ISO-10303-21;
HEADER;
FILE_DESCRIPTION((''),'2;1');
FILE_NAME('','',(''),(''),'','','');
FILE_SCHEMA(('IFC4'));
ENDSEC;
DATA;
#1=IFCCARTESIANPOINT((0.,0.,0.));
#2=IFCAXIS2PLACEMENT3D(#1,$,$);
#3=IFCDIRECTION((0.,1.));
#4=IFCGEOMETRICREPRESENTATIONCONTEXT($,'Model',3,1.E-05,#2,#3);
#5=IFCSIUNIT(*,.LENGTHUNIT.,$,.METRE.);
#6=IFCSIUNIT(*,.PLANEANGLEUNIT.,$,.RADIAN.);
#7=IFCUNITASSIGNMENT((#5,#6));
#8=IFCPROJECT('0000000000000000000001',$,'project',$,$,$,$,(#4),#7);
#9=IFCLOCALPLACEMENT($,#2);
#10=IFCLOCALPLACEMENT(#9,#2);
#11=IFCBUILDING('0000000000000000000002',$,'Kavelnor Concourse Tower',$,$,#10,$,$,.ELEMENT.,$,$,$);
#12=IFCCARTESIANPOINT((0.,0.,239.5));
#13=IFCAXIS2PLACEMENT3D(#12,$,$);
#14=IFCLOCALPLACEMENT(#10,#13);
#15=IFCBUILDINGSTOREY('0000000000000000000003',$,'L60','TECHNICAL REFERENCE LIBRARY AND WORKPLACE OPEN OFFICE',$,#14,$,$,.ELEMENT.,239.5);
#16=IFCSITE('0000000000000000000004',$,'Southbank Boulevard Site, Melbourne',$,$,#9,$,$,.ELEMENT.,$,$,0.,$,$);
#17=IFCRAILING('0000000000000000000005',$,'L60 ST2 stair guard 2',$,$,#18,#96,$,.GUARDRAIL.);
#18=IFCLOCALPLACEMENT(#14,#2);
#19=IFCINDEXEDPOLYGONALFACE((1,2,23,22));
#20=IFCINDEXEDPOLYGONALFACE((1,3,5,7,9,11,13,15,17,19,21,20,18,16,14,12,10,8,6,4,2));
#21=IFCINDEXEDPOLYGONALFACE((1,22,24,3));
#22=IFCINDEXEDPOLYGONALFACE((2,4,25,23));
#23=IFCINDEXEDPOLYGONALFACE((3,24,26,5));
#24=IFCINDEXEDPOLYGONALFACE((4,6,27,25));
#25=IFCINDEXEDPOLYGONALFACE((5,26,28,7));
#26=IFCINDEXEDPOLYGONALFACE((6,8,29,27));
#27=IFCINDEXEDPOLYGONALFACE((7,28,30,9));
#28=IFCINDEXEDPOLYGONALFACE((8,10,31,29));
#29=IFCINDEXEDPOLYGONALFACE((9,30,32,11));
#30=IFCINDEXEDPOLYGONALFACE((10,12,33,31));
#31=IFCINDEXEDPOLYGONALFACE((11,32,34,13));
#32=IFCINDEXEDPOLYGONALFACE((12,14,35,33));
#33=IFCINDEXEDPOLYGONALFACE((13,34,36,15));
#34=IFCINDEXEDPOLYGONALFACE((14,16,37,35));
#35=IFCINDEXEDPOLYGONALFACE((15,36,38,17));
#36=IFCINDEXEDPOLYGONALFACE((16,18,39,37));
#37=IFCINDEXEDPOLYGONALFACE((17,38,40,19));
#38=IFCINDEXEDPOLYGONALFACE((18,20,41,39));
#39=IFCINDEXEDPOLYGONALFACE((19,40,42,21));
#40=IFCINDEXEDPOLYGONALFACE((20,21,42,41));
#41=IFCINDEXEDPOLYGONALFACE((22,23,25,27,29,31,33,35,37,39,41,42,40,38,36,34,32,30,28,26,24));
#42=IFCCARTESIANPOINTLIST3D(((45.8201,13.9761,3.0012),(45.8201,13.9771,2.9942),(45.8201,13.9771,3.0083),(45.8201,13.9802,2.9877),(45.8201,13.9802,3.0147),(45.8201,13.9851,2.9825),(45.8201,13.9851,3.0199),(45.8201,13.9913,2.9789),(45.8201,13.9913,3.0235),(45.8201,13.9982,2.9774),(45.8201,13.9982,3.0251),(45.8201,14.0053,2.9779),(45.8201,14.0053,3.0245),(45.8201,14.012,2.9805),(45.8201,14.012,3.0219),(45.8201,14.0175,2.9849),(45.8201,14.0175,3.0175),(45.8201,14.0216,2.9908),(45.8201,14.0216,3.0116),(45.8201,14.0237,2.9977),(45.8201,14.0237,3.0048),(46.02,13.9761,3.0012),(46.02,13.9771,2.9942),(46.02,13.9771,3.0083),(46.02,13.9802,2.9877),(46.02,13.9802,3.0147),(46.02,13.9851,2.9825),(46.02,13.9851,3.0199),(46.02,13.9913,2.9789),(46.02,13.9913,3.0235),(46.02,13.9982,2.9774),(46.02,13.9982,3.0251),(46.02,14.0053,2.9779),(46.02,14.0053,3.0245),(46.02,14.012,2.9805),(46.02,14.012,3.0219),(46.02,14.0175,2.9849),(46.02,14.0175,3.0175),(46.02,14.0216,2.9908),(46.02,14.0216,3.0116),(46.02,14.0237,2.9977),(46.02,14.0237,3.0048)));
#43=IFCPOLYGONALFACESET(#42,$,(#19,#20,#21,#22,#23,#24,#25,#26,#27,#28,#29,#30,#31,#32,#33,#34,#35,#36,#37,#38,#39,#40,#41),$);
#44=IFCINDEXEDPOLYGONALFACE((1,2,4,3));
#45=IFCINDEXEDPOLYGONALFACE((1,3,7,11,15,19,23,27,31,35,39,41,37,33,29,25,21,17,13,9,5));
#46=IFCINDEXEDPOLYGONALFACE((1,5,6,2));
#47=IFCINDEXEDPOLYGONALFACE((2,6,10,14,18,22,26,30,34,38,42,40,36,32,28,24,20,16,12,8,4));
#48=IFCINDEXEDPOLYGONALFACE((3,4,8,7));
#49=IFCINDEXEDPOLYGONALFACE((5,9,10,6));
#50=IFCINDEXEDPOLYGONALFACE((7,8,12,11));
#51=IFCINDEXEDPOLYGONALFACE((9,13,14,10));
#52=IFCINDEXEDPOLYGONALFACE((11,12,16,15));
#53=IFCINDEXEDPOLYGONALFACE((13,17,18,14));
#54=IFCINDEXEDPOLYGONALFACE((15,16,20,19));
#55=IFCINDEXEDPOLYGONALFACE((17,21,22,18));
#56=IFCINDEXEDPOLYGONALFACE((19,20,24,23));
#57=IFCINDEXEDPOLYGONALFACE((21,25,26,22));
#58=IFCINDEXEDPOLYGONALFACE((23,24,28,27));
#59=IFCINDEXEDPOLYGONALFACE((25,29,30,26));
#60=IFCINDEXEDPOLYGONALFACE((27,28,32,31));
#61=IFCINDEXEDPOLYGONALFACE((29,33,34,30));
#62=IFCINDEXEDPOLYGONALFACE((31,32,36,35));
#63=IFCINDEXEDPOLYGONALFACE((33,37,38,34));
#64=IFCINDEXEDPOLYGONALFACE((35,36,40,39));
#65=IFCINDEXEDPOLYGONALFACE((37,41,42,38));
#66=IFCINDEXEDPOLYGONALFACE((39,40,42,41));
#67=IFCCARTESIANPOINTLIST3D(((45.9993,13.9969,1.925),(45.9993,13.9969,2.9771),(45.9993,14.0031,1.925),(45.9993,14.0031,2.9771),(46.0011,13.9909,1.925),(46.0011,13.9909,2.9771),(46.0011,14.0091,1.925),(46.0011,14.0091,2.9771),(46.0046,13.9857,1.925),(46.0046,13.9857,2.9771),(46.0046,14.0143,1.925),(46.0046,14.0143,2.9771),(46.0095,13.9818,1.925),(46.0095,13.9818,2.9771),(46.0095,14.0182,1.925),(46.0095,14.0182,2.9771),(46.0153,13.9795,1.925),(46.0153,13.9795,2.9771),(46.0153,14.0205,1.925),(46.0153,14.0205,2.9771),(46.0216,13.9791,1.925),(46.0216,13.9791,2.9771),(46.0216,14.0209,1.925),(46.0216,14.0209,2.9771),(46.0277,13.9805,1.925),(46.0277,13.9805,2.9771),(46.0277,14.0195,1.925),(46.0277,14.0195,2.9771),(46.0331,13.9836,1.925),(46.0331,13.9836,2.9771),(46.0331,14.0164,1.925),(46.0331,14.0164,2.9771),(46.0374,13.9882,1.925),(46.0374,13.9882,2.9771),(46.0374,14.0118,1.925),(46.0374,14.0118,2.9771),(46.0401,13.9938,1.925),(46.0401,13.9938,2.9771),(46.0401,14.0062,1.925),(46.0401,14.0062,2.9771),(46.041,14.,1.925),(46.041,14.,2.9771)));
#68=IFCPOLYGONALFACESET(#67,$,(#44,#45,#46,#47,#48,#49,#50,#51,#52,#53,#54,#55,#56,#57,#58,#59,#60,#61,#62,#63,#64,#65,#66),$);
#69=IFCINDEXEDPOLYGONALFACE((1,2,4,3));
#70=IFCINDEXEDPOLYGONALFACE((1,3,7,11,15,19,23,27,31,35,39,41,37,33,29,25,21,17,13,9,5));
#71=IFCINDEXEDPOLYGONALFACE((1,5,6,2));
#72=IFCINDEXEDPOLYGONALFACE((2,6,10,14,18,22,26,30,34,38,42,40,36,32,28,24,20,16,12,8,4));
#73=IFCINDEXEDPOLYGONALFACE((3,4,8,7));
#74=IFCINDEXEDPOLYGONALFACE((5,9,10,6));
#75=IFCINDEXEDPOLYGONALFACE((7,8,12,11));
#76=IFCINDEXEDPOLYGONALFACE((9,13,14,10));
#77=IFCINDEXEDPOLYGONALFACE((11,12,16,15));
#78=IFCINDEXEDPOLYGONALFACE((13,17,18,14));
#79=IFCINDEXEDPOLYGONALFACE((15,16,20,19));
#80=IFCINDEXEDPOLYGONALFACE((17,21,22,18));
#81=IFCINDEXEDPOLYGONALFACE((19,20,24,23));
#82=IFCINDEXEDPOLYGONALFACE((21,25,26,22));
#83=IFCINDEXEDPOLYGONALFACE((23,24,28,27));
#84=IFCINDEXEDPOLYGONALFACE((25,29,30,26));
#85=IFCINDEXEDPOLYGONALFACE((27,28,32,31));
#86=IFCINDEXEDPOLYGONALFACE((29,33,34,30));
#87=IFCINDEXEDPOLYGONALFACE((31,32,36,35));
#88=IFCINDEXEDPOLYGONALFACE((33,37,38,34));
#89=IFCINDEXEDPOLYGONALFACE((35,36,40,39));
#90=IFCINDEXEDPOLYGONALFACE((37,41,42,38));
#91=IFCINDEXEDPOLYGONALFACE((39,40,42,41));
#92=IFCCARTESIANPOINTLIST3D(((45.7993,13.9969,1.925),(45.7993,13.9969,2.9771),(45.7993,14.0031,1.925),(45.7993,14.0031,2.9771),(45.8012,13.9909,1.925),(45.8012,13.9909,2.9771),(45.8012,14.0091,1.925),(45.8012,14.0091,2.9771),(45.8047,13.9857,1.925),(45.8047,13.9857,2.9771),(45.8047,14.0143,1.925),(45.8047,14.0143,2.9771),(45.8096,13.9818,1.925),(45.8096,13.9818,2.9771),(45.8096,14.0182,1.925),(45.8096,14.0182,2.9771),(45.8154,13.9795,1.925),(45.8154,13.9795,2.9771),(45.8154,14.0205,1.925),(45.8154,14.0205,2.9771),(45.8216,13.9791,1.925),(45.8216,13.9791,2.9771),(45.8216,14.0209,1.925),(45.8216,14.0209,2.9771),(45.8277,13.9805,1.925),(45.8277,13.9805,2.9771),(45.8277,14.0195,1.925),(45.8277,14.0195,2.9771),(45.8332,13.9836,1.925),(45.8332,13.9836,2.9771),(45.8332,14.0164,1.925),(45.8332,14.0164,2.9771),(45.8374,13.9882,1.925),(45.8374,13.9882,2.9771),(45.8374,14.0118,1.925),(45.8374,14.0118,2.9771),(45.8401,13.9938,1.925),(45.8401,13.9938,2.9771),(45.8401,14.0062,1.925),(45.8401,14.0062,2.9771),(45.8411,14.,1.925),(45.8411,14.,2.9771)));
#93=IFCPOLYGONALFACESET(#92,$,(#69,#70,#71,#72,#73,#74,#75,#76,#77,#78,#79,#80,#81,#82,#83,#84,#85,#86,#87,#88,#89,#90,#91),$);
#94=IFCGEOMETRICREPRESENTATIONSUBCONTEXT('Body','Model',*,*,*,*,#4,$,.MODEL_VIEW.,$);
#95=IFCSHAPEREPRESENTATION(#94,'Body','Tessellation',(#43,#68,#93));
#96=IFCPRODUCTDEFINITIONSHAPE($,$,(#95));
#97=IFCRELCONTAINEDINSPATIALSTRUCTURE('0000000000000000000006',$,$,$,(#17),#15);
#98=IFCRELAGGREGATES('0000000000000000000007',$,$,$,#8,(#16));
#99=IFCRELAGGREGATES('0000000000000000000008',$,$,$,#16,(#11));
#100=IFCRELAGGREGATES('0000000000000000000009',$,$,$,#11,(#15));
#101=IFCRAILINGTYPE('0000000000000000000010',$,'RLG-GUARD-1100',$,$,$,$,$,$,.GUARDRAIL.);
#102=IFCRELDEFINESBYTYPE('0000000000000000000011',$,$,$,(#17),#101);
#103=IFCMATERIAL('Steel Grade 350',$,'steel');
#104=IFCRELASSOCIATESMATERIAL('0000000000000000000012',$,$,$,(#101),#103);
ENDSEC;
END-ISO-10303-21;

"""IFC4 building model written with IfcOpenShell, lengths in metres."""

from ifc_helpers import new_model, si_unit, direction, frame, origin, origin_2d, place, context, subcontext, project, spatial, circle, extrude, material, type_object, element, save


model = new_model("IFC4")

# Units and contexts
model_context = context("Model", 3, precision=1e-05, world=origin(), true_north=direction((0.0, 1.0)))
body_context = subcontext(model_context, "Body", "Model", "MODEL_VIEW")
ifc_project = project(units=[si_unit("LENGTHUNIT", "METRE"), si_unit("PLANEANGLEUNIT", "RADIAN")], contexts=[model_context])

# Site, building, storey
site_placement = place(None, origin())
site = spatial("IfcSite", under=ifc_project, at=site_placement, Name="Southbank Boulevard Site, Melbourne", CompositionType="ELEMENT", RefElevation=0.0)
building_placement = place(site_placement, origin())
building = spatial("IfcBuilding", under=site, at=building_placement, Name="Kavelnor Concourse Tower", CompositionType="ELEMENT")
storey_placement = place(building_placement, frame((0.0, 0.0, 239.5)))
storey = spatial("IfcBuildingStorey", under=building, at=storey_placement, Name="L60", Description="TECHNICAL REFERENCE LIBRARY AND WORKPLACE OPEN OFFICE", CompositionType="ELEMENT", Elevation=239.5)

# Shared definitions
ifc_material_1 = material(Name="Steel Grade 350", Category="steel")

# Railing
railing_type_1 = type_object("IfcRailingType", Name="RLG-GUARD-1100", PredefinedType="GUARDRAIL", material=ifc_material_1)
railing_1_placement = place(storey_placement, frame((46.02, 14.0, 1.925)))
element("IfcRailing", 1, at=railing_1_placement, inside=storey, type_object=railing_type_1, Name="L60 ST2 stair guard 2", PredefinedType="GUARDRAIL", context=body_context, shape_type="SweptSolid", body=[
    extrude(circle(Radius=0.0239, at=origin_2d()), frame((0.0, 0.0, 1.0762), z_axis=(-1.0, 0.0, 0.0), x_axis=(0.0, -1.0, 0.0)), (0.0, 0.0, 1.0), 0.2),
    extrude(circle(Radius=0.021, at=origin_2d()), origin(), (0.0, 0.0, 1.0), 1.052),
    extrude(circle(Radius=0.021, at=origin_2d()), frame((-0.2, 0.0, 0.0)), (0.0, 0.0, 1.0), 1.052),
])

save(model, "model.ifc")
